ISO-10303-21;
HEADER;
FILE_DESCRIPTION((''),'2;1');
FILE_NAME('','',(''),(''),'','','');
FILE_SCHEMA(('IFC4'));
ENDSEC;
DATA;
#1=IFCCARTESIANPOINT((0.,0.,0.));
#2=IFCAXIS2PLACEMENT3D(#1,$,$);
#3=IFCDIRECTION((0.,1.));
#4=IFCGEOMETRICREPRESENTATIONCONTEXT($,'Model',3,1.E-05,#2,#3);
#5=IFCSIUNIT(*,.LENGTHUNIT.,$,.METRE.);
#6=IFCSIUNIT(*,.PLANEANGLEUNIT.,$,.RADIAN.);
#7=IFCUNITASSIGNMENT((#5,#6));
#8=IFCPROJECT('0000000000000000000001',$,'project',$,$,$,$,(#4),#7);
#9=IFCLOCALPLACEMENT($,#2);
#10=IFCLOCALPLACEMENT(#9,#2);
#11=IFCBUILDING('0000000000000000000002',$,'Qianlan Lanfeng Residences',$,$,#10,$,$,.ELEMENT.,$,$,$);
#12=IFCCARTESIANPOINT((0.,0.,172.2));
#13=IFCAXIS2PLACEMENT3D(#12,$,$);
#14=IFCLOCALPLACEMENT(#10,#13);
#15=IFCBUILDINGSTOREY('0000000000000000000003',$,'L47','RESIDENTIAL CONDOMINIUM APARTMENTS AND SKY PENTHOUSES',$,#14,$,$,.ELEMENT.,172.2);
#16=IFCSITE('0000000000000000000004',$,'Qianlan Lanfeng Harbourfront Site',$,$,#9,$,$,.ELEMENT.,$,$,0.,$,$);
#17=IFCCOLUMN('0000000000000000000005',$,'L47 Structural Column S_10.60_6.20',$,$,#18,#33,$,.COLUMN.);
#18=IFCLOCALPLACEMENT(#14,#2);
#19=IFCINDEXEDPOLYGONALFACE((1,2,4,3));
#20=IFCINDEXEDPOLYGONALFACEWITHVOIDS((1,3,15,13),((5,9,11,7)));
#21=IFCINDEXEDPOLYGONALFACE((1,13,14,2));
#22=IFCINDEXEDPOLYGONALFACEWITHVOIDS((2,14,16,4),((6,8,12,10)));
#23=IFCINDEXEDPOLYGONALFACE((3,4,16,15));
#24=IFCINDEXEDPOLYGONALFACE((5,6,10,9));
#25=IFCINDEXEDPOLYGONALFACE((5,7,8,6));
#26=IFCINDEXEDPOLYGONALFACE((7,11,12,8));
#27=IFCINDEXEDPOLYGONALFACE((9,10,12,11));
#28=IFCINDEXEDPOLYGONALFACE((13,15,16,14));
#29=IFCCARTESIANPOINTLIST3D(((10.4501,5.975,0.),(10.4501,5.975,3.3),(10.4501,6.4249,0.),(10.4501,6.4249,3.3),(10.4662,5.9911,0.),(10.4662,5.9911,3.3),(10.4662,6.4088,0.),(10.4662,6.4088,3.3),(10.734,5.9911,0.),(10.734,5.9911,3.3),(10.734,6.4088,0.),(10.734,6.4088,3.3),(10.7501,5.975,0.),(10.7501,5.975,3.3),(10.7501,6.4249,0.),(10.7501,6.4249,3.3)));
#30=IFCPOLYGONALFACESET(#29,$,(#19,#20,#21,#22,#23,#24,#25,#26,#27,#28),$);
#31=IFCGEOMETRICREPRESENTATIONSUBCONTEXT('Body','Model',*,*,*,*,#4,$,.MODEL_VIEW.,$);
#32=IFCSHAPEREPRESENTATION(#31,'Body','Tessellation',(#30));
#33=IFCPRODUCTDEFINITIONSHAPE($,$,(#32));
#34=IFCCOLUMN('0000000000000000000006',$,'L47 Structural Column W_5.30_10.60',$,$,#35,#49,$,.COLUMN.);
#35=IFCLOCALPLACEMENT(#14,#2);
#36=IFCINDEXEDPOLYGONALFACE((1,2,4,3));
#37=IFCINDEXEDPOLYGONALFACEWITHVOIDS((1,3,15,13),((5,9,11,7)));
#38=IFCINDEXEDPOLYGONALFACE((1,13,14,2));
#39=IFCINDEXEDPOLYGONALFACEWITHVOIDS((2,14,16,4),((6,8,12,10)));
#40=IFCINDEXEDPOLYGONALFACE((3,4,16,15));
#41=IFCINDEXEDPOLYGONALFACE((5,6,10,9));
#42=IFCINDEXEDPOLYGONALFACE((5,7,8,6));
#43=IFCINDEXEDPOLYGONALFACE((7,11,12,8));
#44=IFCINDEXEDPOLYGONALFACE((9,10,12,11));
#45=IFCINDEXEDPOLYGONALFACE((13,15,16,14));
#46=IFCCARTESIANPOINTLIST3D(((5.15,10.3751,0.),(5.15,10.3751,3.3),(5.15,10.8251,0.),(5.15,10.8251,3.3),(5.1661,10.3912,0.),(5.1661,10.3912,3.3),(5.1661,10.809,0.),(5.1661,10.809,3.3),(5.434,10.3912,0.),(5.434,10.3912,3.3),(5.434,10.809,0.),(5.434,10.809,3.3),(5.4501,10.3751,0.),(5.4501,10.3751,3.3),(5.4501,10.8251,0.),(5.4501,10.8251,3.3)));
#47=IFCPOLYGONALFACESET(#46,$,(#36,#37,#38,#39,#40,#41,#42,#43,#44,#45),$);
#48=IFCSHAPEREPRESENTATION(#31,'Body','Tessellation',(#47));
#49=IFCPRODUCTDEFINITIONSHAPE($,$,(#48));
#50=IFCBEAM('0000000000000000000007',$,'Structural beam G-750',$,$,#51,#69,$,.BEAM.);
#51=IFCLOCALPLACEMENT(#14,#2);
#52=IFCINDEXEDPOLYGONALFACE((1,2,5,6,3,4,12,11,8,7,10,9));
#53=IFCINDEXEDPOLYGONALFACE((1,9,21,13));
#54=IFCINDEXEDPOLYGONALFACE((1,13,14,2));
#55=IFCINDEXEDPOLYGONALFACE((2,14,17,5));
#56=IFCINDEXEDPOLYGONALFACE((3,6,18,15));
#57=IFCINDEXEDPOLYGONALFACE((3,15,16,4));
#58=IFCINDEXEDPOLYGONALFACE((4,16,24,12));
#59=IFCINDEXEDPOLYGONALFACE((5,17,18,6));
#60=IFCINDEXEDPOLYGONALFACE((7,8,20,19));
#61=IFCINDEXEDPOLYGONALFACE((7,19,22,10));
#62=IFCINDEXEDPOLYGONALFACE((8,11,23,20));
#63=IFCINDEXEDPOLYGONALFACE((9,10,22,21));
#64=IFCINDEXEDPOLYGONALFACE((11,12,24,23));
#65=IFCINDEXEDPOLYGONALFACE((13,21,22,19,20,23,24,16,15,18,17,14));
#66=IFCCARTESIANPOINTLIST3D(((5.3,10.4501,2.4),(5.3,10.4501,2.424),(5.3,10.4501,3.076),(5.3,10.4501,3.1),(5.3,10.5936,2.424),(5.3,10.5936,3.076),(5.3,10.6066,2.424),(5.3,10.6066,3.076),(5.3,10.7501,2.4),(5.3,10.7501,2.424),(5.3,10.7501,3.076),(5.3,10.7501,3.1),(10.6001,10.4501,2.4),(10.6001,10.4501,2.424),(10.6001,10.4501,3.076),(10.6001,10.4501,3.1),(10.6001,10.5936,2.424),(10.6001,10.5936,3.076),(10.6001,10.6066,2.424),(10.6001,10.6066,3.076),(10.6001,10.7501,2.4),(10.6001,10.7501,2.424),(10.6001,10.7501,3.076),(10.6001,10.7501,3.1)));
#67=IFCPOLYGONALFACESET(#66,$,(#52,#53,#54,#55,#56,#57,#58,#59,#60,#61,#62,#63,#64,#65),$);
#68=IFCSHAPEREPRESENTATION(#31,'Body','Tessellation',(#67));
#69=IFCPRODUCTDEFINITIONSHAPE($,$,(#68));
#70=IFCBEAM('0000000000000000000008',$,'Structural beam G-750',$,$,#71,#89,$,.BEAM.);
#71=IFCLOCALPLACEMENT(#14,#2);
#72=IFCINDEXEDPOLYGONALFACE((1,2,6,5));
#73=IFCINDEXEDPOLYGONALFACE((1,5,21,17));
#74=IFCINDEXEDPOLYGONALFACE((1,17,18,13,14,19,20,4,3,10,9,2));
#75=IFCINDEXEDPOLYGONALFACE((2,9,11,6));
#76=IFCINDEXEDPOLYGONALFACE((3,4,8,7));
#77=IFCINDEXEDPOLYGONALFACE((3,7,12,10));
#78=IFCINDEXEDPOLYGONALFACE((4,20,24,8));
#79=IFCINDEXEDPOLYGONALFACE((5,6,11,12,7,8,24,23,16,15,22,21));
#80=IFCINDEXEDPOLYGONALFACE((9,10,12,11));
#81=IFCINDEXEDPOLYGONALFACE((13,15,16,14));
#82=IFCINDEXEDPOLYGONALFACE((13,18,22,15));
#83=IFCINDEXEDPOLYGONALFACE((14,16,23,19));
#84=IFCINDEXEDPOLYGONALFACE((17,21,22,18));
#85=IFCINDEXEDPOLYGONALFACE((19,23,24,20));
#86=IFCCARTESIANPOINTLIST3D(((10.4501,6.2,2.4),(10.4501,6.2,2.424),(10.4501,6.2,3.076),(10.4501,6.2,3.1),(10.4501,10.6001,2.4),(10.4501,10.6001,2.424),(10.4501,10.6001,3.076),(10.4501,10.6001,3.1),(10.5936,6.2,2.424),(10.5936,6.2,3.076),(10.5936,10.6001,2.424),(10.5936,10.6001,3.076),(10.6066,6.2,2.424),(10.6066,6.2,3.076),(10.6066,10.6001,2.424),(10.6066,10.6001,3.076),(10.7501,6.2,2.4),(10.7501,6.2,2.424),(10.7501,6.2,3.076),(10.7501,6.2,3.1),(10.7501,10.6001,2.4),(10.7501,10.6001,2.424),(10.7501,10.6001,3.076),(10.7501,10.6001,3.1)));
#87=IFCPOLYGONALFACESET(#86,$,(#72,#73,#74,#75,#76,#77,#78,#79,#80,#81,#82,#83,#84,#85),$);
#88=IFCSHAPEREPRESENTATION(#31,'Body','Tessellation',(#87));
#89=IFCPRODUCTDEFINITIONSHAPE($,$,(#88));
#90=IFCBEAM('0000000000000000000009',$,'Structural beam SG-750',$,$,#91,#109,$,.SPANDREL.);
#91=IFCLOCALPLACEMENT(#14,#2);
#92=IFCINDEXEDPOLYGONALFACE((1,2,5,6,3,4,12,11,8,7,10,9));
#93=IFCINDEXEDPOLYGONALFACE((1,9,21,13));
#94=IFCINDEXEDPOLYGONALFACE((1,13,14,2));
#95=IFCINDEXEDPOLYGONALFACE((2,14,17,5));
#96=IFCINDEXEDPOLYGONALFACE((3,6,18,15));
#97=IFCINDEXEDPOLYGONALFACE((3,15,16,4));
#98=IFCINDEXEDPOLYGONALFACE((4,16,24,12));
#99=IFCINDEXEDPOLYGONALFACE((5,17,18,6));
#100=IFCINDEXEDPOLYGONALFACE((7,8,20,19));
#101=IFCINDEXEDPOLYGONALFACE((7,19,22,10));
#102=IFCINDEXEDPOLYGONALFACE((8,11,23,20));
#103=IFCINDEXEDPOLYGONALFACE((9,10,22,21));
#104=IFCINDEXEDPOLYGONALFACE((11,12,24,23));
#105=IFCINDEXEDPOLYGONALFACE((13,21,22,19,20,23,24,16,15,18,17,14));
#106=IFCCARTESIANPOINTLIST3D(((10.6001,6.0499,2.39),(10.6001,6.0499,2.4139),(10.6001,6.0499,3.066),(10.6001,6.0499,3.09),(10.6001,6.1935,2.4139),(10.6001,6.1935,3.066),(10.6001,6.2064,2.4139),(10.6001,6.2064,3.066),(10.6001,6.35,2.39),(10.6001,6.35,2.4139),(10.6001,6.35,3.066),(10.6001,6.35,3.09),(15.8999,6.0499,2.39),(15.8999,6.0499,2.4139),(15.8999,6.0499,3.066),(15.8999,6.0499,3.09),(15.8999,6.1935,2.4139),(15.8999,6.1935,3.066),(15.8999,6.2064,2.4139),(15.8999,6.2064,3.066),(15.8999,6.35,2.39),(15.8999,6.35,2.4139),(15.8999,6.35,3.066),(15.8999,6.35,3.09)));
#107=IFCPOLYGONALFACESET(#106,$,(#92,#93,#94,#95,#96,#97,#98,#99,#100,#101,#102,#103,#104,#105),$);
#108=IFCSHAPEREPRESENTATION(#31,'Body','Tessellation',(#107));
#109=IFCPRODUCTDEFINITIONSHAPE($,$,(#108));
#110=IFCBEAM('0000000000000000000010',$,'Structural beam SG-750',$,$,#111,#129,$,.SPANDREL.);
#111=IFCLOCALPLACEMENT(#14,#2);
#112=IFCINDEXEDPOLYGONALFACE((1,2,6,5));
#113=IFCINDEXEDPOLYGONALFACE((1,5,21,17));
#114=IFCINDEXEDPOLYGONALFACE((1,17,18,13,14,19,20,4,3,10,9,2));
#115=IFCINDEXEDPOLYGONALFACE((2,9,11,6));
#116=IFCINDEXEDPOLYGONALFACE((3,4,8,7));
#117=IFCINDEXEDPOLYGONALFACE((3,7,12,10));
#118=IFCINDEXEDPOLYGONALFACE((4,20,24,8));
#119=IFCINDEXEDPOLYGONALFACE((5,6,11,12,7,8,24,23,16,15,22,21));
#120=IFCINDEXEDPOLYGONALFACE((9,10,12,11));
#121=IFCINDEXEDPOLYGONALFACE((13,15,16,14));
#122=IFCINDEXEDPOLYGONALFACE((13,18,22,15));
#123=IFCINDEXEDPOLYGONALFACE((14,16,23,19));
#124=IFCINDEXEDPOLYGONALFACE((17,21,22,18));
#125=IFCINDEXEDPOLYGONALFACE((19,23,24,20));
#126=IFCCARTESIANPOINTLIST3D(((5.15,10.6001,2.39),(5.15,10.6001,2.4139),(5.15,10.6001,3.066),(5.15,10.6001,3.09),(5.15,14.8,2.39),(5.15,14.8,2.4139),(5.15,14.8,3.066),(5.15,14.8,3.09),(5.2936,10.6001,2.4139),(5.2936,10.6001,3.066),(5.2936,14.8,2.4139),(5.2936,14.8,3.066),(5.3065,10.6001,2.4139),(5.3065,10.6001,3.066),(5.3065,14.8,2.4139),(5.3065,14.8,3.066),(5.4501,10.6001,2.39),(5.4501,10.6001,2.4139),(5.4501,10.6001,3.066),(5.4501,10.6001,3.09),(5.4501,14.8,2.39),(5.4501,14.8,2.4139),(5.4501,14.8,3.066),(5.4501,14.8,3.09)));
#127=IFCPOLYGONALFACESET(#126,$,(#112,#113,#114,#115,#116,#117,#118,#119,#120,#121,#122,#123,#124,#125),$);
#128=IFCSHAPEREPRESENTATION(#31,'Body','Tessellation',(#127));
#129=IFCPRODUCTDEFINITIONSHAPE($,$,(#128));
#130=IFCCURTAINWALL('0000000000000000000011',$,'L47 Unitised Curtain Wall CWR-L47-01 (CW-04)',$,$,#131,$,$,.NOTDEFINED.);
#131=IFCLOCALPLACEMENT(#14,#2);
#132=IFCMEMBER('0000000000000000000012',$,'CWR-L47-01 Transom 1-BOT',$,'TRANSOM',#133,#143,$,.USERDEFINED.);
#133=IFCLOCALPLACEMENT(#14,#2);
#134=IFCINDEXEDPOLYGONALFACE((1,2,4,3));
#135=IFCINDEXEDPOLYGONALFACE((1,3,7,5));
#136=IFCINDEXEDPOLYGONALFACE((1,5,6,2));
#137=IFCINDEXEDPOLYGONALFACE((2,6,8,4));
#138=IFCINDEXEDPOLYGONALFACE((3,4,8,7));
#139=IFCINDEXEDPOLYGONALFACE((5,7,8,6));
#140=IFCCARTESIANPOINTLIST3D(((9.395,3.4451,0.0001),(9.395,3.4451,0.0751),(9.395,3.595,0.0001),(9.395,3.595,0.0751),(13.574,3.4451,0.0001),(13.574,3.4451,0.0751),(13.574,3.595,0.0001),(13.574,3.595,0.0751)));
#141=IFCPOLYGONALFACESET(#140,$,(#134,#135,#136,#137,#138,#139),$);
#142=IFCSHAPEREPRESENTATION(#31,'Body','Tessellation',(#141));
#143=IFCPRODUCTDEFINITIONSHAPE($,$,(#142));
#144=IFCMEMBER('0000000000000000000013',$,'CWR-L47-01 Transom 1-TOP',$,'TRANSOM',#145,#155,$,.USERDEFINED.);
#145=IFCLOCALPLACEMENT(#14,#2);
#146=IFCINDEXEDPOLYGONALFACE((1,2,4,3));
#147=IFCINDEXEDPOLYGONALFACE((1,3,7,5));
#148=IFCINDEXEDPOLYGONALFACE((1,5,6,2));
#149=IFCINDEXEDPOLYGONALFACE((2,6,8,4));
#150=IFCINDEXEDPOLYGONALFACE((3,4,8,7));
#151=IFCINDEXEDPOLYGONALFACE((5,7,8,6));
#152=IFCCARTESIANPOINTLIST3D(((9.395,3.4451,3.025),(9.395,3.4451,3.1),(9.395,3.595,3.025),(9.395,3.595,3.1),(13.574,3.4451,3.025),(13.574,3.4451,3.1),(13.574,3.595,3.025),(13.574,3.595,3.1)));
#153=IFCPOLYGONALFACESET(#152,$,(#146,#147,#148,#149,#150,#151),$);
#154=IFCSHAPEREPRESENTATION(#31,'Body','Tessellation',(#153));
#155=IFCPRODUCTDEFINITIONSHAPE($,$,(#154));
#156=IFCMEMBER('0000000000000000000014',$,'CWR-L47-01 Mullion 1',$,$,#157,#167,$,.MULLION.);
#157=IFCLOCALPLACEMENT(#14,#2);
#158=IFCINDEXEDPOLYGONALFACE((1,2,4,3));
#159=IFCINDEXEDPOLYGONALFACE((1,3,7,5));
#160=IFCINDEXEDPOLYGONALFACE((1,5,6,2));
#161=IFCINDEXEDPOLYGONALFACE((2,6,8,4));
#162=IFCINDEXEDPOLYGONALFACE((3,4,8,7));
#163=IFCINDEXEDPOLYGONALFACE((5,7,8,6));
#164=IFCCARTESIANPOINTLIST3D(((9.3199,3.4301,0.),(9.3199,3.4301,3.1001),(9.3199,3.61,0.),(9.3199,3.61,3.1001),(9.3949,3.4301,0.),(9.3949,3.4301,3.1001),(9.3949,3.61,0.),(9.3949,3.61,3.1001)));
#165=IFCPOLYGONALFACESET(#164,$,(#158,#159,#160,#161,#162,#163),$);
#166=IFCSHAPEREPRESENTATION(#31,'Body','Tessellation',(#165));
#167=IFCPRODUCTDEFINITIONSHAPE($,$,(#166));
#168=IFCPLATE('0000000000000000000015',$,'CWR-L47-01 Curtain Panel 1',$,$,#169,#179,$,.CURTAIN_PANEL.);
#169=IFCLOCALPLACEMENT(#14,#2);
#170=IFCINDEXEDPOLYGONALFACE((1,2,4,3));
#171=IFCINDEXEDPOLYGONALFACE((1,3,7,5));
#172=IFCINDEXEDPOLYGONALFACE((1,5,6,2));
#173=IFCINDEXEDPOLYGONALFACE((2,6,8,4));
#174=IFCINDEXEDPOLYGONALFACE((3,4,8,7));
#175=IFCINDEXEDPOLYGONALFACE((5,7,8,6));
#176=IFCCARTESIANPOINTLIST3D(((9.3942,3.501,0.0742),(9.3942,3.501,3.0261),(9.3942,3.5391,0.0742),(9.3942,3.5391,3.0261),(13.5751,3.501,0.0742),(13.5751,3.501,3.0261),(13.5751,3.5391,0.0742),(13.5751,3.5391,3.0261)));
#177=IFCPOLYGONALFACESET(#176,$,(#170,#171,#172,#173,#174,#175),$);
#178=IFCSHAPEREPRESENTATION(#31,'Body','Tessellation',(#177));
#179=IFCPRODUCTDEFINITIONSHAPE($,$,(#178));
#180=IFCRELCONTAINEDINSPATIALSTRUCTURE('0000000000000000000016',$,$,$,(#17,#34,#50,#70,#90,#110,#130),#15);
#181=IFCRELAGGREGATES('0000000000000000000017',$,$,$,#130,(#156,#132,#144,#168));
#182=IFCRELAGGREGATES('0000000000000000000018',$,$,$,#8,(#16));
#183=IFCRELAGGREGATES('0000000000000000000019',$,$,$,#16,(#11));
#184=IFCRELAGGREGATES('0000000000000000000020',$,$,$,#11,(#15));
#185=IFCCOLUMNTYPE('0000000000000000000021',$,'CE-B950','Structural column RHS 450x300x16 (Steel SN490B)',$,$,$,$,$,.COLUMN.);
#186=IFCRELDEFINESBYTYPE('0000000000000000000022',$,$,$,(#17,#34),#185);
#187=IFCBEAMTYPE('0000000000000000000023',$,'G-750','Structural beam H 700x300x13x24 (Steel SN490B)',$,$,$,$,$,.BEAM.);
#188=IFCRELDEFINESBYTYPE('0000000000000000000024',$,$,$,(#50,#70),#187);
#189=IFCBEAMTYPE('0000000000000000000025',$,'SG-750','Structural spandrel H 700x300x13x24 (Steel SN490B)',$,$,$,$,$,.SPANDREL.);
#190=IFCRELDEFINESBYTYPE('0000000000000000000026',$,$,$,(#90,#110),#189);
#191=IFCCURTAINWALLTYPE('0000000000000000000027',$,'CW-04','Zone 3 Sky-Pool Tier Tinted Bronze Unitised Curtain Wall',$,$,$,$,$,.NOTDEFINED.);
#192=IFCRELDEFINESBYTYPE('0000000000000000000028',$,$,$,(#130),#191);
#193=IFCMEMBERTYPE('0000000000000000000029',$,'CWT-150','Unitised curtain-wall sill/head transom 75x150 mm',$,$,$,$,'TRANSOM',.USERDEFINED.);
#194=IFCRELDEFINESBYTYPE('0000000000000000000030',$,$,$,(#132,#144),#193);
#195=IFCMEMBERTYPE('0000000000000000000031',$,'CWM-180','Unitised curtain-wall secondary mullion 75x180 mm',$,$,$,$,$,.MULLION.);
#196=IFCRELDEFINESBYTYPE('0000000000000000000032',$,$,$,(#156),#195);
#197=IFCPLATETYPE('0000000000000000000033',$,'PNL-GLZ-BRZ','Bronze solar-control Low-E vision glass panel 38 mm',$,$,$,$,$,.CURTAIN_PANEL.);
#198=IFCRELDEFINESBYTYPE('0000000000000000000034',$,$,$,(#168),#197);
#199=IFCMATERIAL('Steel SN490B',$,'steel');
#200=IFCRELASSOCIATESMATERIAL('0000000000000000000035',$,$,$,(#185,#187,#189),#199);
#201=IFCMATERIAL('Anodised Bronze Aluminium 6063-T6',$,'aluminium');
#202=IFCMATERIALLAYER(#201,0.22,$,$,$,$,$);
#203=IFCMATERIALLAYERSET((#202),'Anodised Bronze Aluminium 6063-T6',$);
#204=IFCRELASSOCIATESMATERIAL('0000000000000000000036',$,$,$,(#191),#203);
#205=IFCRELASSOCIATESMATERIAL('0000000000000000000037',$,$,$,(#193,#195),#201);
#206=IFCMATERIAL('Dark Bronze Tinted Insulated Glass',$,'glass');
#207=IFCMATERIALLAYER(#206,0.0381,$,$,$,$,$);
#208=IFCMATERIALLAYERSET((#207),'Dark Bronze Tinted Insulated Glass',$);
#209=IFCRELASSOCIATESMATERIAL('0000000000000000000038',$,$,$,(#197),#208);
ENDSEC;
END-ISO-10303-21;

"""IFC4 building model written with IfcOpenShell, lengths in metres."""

from ifc_helpers import new_model, si_unit, direction, frame, origin, origin_2d, place, context, subcontext, project, spatial, rectangle, hollow_rectangle, i_section, extrude, source, transform, mapped, material, layer, layer_set, material_profile, profile_set, type_object, element, aggregate, save


model = new_model("IFC4")

# Units and contexts
model_context = context("Model", 3, precision=1e-05, world=origin(), true_north=direction((0.0, 1.0)))
body_context = subcontext(model_context, "Body", "Model", "MODEL_VIEW")
ifc_project = project(units=[si_unit("LENGTHUNIT", "METRE"), si_unit("PLANEANGLEUNIT", "RADIAN")], contexts=[model_context])

# Site, building, storey
site_placement = place(None, origin())
site = spatial("IfcSite", under=ifc_project, at=site_placement, Name="Qianlan Lanfeng Harbourfront Site", CompositionType="ELEMENT", RefElevation=0.0)
building_placement = place(site_placement, origin())
building = spatial("IfcBuilding", under=site, at=building_placement, Name="Qianlan Lanfeng Residences", CompositionType="ELEMENT")
storey_placement = place(building_placement, frame((0.0, 0.0, 172.2)))
storey = spatial("IfcBuildingStorey", under=building, at=storey_placement, Name="L47", Description="RESIDENTIAL CONDOMINIUM APARTMENTS AND SKY PENTHOUSES", CompositionType="ELEMENT", Elevation=172.2)

# Columns
ifc_material_1 = material(Name="Steel SN490B", Category="steel")
ifc_material_profile_1 = material_profile(ifc_material_1, hollow_rectangle(XDim=0.3, YDim=0.45, WallThickness=0.0161, at=origin_2d()), Name="RHS 450x300x16")
ifc_profile_set_1 = profile_set([ifc_material_profile_1], Name="Steel SN490B")
column_type = type_object("IfcColumnType", Name="CE-B950", Description="Structural column RHS 450x300x16 (Steel SN490B)", PredefinedType="COLUMN", material=ifc_profile_set_1)
for number, where, z_axis, x_axis, name in (
    (1, (10.6001, 6.2, 0.0), (0.0, 0.0, 1.0), (1.0, 0.0, 0.0), "L47 Structural Column S_10.60_6.20"),
    (2, (5.3, 10.6001, 0.0), (0.0, 0.0, 1.0), (1.0, 0.0, 0.0), "L47 Structural Column W_5.30_10.60"),
):
    element("IfcColumn", number, at=place(storey_placement, frame(where, z_axis=z_axis, x_axis=x_axis)), inside=storey, type_object=column_type, Name=name, PredefinedType="COLUMN", context=body_context, shape_type="SweptSolid", body=[
        extrude(hollow_rectangle(XDim=0.3, YDim=0.45, WallThickness=0.0161, at=origin_2d()), origin(), (0.0, 0.0, 1.0), 3.3),
    ])

# Beams
ifc_material_profile_2 = material_profile(ifc_material_1, i_section(OverallWidth=0.3, OverallDepth=0.7, WebThickness=0.0129, FlangeThickness=0.0239, at=origin_2d()), Name="H 700x300x13x24")
ifc_profile_set_2 = profile_set([ifc_material_profile_2], Name="Steel SN490B")
beam_type_1 = type_object("IfcBeamType", Name="G-750", Description="Structural beam H 700x300x13x24 (Steel SN490B)", PredefinedType="BEAM", material=ifc_profile_set_2)
beam_1_placement = place(storey_placement, frame((5.3, 10.6001, 2.75), z_axis=(1.0, 0.0, 0.0), x_axis=(0.0, 1.0, 0.0)))
element("IfcBeam", 3, at=beam_1_placement, inside=storey, type_object=beam_type_1, Name="Structural beam G-750", PredefinedType="BEAM", context=body_context, shape_type="SweptSolid", body=[
    extrude(i_section(OverallWidth=0.3, OverallDepth=0.7, WebThickness=0.0129, FlangeThickness=0.0239, at=origin_2d()), origin(), (0.0, 0.0, 1.0), 5.3),
])
beam_2_placement = place(storey_placement, frame((10.6001, 6.2, 2.75), z_axis=(0.0, 1.0, 0.0), x_axis=(-1.0, 0.0, 0.0)))
element("IfcBeam", 4, at=beam_2_placement, inside=storey, type_object=beam_type_1, Name="Structural beam G-750", PredefinedType="BEAM", context=body_context, shape_type="SweptSolid", body=[
    extrude(i_section(OverallWidth=0.3, OverallDepth=0.7, WebThickness=0.0129, FlangeThickness=0.0239, at=origin_2d()), origin(), (0.0, 0.0, 1.0), 4.4001),
])
ifc_material_profile_3 = material_profile(ifc_material_1, i_section(OverallWidth=0.3, OverallDepth=0.7, WebThickness=0.0129, FlangeThickness=0.0239, at=origin_2d()), Name="H 700x300x13x24")
ifc_profile_set_3 = profile_set([ifc_material_profile_3], Name="Steel SN490B")
beam_type_2 = type_object("IfcBeamType", Name="SG-750", Description="Structural spandrel H 700x300x13x24 (Steel SN490B)", PredefinedType="SPANDREL", material=ifc_profile_set_3)
beam_3_placement = place(storey_placement, frame((10.6001, 6.2, 2.74), z_axis=(1.0, 0.0, 0.0), x_axis=(0.0, 1.0, 0.0)))
element("IfcBeam", 5, at=beam_3_placement, inside=storey, type_object=beam_type_2, Name="Structural beam SG-750", PredefinedType="SPANDREL", context=body_context, shape_type="SweptSolid", body=[
    extrude(i_section(OverallWidth=0.3, OverallDepth=0.7, WebThickness=0.0129, FlangeThickness=0.0239, at=origin_2d()), origin(), (0.0, 0.0, 1.0), 5.2998),
])
beam_4_placement = place(storey_placement, frame((5.3, 10.6001, 2.74), z_axis=(0.0, 1.0, 0.0), x_axis=(-1.0, 0.0, 0.0)))
element("IfcBeam", 6, at=beam_4_placement, inside=storey, type_object=beam_type_2, Name="Structural beam SG-750", PredefinedType="SPANDREL", context=body_context, shape_type="SweptSolid", body=[
    extrude(i_section(OverallWidth=0.3, OverallDepth=0.7, WebThickness=0.0129, FlangeThickness=0.0239, at=origin_2d()), origin(), (0.0, 0.0, 1.0), 4.2),
])

# Curtain wall, members, plate
ifc_material_2 = material(Name="Anodised Bronze Aluminium 6063-T6", Category="aluminium")
ifc_layer_1 = layer(ifc_material_2, 0.22)
ifc_layer_set_1 = layer_set([ifc_layer_1], Name="Anodised Bronze Aluminium 6063-T6")
curtain_wall_type = type_object("IfcCurtainWallType", Name="CW-04", Description="Zone 3 Sky-Pool Tier Tinted Bronze Unitised Curtain Wall", PredefinedType="NOTDEFINED", material=ifc_layer_set_1)
curtain_wall_placement = place(storey_placement, origin())
curtain_wall = element("IfcCurtainWall", 7, at=curtain_wall_placement, inside=storey, type_object=curtain_wall_type, Name="L47 Unitised Curtain Wall CWR-L47-01 (CW-04)", PredefinedType="NOTDEFINED")
ifc_material_profile_4 = material_profile(ifc_material_2, rectangle(XDim=0.075, YDim=0.1499, at=origin_2d()), Name="ALU TRANSOM 75x150")
ifc_profile_set_4 = profile_set([ifc_material_profile_4], Name="Anodised Bronze Aluminium 6063-T6")
member_type_1 = type_object("IfcMemberType", Name="CWT-150", Description="Unitised curtain-wall sill/head transom 75x150 mm", ElementType="TRANSOM", PredefinedType="USERDEFINED", material=ifc_profile_set_4)
shared_shape_1 = source(origin(), body_context, "Body", "SweptSolid", [
    extrude(rectangle(XDim=0.075, YDim=0.1499, at=origin_2d()), origin(), (0.0, 0.0, 1.0), 4.179),
])
member_1_placement = place(storey_placement, frame((9.395, 3.52, 0.0376), z_axis=(1.0, 0.0, 0.0), x_axis=(0.0, 0.0, 1.0)))
member_1 = element("IfcMember", 8, at=member_1_placement, type_object=member_type_1, Name="CWR-L47-01 Transom 1-BOT", ObjectType="TRANSOM", PredefinedType="USERDEFINED", context=body_context, shape_type="MappedRepresentation", body=[
    mapped(shared_shape_1, transform((0.0, 0.0, 0.0), scale=1.0)),
])
member_2_placement = place(storey_placement, frame((9.395, 3.52, 3.0625), z_axis=(1.0, 0.0, 0.0), x_axis=(0.0, 0.0, 1.0)))
member_2 = element("IfcMember", 9, at=member_2_placement, type_object=member_type_1, Name="CWR-L47-01 Transom 1-TOP", ObjectType="TRANSOM", PredefinedType="USERDEFINED", context=body_context, shape_type="MappedRepresentation", body=[
    mapped(shared_shape_1, transform((0.0, 0.0, 0.0), scale=1.0)),
])
ifc_material_profile_5 = material_profile(ifc_material_2, rectangle(XDim=0.075, YDim=0.1799, at=origin_2d()), Name="ALU MULLION 75x180")
ifc_profile_set_5 = profile_set([ifc_material_profile_5], Name="Anodised Bronze Aluminium 6063-T6")
member_type_2 = type_object("IfcMemberType", Name="CWM-180", Description="Unitised curtain-wall secondary mullion 75x180 mm", PredefinedType="MULLION", material=ifc_profile_set_5)
shared_shape_2 = source(origin(), body_context, "Body", "SweptSolid", [
    extrude(rectangle(XDim=0.075, YDim=0.1799, at=origin_2d()), origin(), (0.0, 0.0, 1.0), 3.1001),
])
member_3_placement = place(storey_placement, frame((9.3574, 3.52, 0.0), z_axis=(0.0, 0.0, 1.0), x_axis=(1.0, 0.0, 0.0)))
member_3 = element("IfcMember", 10, at=member_3_placement, type_object=member_type_2, Name="CWR-L47-01 Mullion 1", PredefinedType="MULLION", context=body_context, shape_type="MappedRepresentation", body=[
    mapped(shared_shape_2, transform((0.0, 0.0, 0.0), scale=1.0)),
])
ifc_material_3 = material(Name="Dark Bronze Tinted Insulated Glass", Category="glass")
ifc_layer_2 = layer(ifc_material_3, 0.0381)
ifc_layer_set_2 = layer_set([ifc_layer_2], Name="Dark Bronze Tinted Insulated Glass")
plate_type = type_object("IfcPlateType", Name="PNL-GLZ-BRZ", Description="Bronze solar-control Low-E vision glass panel 38 mm", PredefinedType="CURTAIN_PANEL", material=ifc_layer_set_2)
shared_shape_3 = source(origin(), body_context, "Body", "SweptSolid", [
    extrude(rectangle(XDim=4.1809, YDim=0.0381, at=origin_2d()), origin(), (0.0, 0.0, 1.0), 2.9519),
])
plate_placement = place(storey_placement, frame((11.4846, 3.52, 0.0742), z_axis=(0.0, 0.0, 1.0), x_axis=(1.0, 0.0, 0.0)))
plate = element("IfcPlate", 11, at=plate_placement, type_object=plate_type, Name="CWR-L47-01 Curtain Panel 1", PredefinedType="CURTAIN_PANEL", context=body_context, shape_type="MappedRepresentation", body=[
    mapped(shared_shape_3, transform((0.0, 0.0, 0.0), scale=1.0)),
])
aggregate(curtain_wall, [member_3, member_1, member_2, plate])

save(model, "model.ifc")
